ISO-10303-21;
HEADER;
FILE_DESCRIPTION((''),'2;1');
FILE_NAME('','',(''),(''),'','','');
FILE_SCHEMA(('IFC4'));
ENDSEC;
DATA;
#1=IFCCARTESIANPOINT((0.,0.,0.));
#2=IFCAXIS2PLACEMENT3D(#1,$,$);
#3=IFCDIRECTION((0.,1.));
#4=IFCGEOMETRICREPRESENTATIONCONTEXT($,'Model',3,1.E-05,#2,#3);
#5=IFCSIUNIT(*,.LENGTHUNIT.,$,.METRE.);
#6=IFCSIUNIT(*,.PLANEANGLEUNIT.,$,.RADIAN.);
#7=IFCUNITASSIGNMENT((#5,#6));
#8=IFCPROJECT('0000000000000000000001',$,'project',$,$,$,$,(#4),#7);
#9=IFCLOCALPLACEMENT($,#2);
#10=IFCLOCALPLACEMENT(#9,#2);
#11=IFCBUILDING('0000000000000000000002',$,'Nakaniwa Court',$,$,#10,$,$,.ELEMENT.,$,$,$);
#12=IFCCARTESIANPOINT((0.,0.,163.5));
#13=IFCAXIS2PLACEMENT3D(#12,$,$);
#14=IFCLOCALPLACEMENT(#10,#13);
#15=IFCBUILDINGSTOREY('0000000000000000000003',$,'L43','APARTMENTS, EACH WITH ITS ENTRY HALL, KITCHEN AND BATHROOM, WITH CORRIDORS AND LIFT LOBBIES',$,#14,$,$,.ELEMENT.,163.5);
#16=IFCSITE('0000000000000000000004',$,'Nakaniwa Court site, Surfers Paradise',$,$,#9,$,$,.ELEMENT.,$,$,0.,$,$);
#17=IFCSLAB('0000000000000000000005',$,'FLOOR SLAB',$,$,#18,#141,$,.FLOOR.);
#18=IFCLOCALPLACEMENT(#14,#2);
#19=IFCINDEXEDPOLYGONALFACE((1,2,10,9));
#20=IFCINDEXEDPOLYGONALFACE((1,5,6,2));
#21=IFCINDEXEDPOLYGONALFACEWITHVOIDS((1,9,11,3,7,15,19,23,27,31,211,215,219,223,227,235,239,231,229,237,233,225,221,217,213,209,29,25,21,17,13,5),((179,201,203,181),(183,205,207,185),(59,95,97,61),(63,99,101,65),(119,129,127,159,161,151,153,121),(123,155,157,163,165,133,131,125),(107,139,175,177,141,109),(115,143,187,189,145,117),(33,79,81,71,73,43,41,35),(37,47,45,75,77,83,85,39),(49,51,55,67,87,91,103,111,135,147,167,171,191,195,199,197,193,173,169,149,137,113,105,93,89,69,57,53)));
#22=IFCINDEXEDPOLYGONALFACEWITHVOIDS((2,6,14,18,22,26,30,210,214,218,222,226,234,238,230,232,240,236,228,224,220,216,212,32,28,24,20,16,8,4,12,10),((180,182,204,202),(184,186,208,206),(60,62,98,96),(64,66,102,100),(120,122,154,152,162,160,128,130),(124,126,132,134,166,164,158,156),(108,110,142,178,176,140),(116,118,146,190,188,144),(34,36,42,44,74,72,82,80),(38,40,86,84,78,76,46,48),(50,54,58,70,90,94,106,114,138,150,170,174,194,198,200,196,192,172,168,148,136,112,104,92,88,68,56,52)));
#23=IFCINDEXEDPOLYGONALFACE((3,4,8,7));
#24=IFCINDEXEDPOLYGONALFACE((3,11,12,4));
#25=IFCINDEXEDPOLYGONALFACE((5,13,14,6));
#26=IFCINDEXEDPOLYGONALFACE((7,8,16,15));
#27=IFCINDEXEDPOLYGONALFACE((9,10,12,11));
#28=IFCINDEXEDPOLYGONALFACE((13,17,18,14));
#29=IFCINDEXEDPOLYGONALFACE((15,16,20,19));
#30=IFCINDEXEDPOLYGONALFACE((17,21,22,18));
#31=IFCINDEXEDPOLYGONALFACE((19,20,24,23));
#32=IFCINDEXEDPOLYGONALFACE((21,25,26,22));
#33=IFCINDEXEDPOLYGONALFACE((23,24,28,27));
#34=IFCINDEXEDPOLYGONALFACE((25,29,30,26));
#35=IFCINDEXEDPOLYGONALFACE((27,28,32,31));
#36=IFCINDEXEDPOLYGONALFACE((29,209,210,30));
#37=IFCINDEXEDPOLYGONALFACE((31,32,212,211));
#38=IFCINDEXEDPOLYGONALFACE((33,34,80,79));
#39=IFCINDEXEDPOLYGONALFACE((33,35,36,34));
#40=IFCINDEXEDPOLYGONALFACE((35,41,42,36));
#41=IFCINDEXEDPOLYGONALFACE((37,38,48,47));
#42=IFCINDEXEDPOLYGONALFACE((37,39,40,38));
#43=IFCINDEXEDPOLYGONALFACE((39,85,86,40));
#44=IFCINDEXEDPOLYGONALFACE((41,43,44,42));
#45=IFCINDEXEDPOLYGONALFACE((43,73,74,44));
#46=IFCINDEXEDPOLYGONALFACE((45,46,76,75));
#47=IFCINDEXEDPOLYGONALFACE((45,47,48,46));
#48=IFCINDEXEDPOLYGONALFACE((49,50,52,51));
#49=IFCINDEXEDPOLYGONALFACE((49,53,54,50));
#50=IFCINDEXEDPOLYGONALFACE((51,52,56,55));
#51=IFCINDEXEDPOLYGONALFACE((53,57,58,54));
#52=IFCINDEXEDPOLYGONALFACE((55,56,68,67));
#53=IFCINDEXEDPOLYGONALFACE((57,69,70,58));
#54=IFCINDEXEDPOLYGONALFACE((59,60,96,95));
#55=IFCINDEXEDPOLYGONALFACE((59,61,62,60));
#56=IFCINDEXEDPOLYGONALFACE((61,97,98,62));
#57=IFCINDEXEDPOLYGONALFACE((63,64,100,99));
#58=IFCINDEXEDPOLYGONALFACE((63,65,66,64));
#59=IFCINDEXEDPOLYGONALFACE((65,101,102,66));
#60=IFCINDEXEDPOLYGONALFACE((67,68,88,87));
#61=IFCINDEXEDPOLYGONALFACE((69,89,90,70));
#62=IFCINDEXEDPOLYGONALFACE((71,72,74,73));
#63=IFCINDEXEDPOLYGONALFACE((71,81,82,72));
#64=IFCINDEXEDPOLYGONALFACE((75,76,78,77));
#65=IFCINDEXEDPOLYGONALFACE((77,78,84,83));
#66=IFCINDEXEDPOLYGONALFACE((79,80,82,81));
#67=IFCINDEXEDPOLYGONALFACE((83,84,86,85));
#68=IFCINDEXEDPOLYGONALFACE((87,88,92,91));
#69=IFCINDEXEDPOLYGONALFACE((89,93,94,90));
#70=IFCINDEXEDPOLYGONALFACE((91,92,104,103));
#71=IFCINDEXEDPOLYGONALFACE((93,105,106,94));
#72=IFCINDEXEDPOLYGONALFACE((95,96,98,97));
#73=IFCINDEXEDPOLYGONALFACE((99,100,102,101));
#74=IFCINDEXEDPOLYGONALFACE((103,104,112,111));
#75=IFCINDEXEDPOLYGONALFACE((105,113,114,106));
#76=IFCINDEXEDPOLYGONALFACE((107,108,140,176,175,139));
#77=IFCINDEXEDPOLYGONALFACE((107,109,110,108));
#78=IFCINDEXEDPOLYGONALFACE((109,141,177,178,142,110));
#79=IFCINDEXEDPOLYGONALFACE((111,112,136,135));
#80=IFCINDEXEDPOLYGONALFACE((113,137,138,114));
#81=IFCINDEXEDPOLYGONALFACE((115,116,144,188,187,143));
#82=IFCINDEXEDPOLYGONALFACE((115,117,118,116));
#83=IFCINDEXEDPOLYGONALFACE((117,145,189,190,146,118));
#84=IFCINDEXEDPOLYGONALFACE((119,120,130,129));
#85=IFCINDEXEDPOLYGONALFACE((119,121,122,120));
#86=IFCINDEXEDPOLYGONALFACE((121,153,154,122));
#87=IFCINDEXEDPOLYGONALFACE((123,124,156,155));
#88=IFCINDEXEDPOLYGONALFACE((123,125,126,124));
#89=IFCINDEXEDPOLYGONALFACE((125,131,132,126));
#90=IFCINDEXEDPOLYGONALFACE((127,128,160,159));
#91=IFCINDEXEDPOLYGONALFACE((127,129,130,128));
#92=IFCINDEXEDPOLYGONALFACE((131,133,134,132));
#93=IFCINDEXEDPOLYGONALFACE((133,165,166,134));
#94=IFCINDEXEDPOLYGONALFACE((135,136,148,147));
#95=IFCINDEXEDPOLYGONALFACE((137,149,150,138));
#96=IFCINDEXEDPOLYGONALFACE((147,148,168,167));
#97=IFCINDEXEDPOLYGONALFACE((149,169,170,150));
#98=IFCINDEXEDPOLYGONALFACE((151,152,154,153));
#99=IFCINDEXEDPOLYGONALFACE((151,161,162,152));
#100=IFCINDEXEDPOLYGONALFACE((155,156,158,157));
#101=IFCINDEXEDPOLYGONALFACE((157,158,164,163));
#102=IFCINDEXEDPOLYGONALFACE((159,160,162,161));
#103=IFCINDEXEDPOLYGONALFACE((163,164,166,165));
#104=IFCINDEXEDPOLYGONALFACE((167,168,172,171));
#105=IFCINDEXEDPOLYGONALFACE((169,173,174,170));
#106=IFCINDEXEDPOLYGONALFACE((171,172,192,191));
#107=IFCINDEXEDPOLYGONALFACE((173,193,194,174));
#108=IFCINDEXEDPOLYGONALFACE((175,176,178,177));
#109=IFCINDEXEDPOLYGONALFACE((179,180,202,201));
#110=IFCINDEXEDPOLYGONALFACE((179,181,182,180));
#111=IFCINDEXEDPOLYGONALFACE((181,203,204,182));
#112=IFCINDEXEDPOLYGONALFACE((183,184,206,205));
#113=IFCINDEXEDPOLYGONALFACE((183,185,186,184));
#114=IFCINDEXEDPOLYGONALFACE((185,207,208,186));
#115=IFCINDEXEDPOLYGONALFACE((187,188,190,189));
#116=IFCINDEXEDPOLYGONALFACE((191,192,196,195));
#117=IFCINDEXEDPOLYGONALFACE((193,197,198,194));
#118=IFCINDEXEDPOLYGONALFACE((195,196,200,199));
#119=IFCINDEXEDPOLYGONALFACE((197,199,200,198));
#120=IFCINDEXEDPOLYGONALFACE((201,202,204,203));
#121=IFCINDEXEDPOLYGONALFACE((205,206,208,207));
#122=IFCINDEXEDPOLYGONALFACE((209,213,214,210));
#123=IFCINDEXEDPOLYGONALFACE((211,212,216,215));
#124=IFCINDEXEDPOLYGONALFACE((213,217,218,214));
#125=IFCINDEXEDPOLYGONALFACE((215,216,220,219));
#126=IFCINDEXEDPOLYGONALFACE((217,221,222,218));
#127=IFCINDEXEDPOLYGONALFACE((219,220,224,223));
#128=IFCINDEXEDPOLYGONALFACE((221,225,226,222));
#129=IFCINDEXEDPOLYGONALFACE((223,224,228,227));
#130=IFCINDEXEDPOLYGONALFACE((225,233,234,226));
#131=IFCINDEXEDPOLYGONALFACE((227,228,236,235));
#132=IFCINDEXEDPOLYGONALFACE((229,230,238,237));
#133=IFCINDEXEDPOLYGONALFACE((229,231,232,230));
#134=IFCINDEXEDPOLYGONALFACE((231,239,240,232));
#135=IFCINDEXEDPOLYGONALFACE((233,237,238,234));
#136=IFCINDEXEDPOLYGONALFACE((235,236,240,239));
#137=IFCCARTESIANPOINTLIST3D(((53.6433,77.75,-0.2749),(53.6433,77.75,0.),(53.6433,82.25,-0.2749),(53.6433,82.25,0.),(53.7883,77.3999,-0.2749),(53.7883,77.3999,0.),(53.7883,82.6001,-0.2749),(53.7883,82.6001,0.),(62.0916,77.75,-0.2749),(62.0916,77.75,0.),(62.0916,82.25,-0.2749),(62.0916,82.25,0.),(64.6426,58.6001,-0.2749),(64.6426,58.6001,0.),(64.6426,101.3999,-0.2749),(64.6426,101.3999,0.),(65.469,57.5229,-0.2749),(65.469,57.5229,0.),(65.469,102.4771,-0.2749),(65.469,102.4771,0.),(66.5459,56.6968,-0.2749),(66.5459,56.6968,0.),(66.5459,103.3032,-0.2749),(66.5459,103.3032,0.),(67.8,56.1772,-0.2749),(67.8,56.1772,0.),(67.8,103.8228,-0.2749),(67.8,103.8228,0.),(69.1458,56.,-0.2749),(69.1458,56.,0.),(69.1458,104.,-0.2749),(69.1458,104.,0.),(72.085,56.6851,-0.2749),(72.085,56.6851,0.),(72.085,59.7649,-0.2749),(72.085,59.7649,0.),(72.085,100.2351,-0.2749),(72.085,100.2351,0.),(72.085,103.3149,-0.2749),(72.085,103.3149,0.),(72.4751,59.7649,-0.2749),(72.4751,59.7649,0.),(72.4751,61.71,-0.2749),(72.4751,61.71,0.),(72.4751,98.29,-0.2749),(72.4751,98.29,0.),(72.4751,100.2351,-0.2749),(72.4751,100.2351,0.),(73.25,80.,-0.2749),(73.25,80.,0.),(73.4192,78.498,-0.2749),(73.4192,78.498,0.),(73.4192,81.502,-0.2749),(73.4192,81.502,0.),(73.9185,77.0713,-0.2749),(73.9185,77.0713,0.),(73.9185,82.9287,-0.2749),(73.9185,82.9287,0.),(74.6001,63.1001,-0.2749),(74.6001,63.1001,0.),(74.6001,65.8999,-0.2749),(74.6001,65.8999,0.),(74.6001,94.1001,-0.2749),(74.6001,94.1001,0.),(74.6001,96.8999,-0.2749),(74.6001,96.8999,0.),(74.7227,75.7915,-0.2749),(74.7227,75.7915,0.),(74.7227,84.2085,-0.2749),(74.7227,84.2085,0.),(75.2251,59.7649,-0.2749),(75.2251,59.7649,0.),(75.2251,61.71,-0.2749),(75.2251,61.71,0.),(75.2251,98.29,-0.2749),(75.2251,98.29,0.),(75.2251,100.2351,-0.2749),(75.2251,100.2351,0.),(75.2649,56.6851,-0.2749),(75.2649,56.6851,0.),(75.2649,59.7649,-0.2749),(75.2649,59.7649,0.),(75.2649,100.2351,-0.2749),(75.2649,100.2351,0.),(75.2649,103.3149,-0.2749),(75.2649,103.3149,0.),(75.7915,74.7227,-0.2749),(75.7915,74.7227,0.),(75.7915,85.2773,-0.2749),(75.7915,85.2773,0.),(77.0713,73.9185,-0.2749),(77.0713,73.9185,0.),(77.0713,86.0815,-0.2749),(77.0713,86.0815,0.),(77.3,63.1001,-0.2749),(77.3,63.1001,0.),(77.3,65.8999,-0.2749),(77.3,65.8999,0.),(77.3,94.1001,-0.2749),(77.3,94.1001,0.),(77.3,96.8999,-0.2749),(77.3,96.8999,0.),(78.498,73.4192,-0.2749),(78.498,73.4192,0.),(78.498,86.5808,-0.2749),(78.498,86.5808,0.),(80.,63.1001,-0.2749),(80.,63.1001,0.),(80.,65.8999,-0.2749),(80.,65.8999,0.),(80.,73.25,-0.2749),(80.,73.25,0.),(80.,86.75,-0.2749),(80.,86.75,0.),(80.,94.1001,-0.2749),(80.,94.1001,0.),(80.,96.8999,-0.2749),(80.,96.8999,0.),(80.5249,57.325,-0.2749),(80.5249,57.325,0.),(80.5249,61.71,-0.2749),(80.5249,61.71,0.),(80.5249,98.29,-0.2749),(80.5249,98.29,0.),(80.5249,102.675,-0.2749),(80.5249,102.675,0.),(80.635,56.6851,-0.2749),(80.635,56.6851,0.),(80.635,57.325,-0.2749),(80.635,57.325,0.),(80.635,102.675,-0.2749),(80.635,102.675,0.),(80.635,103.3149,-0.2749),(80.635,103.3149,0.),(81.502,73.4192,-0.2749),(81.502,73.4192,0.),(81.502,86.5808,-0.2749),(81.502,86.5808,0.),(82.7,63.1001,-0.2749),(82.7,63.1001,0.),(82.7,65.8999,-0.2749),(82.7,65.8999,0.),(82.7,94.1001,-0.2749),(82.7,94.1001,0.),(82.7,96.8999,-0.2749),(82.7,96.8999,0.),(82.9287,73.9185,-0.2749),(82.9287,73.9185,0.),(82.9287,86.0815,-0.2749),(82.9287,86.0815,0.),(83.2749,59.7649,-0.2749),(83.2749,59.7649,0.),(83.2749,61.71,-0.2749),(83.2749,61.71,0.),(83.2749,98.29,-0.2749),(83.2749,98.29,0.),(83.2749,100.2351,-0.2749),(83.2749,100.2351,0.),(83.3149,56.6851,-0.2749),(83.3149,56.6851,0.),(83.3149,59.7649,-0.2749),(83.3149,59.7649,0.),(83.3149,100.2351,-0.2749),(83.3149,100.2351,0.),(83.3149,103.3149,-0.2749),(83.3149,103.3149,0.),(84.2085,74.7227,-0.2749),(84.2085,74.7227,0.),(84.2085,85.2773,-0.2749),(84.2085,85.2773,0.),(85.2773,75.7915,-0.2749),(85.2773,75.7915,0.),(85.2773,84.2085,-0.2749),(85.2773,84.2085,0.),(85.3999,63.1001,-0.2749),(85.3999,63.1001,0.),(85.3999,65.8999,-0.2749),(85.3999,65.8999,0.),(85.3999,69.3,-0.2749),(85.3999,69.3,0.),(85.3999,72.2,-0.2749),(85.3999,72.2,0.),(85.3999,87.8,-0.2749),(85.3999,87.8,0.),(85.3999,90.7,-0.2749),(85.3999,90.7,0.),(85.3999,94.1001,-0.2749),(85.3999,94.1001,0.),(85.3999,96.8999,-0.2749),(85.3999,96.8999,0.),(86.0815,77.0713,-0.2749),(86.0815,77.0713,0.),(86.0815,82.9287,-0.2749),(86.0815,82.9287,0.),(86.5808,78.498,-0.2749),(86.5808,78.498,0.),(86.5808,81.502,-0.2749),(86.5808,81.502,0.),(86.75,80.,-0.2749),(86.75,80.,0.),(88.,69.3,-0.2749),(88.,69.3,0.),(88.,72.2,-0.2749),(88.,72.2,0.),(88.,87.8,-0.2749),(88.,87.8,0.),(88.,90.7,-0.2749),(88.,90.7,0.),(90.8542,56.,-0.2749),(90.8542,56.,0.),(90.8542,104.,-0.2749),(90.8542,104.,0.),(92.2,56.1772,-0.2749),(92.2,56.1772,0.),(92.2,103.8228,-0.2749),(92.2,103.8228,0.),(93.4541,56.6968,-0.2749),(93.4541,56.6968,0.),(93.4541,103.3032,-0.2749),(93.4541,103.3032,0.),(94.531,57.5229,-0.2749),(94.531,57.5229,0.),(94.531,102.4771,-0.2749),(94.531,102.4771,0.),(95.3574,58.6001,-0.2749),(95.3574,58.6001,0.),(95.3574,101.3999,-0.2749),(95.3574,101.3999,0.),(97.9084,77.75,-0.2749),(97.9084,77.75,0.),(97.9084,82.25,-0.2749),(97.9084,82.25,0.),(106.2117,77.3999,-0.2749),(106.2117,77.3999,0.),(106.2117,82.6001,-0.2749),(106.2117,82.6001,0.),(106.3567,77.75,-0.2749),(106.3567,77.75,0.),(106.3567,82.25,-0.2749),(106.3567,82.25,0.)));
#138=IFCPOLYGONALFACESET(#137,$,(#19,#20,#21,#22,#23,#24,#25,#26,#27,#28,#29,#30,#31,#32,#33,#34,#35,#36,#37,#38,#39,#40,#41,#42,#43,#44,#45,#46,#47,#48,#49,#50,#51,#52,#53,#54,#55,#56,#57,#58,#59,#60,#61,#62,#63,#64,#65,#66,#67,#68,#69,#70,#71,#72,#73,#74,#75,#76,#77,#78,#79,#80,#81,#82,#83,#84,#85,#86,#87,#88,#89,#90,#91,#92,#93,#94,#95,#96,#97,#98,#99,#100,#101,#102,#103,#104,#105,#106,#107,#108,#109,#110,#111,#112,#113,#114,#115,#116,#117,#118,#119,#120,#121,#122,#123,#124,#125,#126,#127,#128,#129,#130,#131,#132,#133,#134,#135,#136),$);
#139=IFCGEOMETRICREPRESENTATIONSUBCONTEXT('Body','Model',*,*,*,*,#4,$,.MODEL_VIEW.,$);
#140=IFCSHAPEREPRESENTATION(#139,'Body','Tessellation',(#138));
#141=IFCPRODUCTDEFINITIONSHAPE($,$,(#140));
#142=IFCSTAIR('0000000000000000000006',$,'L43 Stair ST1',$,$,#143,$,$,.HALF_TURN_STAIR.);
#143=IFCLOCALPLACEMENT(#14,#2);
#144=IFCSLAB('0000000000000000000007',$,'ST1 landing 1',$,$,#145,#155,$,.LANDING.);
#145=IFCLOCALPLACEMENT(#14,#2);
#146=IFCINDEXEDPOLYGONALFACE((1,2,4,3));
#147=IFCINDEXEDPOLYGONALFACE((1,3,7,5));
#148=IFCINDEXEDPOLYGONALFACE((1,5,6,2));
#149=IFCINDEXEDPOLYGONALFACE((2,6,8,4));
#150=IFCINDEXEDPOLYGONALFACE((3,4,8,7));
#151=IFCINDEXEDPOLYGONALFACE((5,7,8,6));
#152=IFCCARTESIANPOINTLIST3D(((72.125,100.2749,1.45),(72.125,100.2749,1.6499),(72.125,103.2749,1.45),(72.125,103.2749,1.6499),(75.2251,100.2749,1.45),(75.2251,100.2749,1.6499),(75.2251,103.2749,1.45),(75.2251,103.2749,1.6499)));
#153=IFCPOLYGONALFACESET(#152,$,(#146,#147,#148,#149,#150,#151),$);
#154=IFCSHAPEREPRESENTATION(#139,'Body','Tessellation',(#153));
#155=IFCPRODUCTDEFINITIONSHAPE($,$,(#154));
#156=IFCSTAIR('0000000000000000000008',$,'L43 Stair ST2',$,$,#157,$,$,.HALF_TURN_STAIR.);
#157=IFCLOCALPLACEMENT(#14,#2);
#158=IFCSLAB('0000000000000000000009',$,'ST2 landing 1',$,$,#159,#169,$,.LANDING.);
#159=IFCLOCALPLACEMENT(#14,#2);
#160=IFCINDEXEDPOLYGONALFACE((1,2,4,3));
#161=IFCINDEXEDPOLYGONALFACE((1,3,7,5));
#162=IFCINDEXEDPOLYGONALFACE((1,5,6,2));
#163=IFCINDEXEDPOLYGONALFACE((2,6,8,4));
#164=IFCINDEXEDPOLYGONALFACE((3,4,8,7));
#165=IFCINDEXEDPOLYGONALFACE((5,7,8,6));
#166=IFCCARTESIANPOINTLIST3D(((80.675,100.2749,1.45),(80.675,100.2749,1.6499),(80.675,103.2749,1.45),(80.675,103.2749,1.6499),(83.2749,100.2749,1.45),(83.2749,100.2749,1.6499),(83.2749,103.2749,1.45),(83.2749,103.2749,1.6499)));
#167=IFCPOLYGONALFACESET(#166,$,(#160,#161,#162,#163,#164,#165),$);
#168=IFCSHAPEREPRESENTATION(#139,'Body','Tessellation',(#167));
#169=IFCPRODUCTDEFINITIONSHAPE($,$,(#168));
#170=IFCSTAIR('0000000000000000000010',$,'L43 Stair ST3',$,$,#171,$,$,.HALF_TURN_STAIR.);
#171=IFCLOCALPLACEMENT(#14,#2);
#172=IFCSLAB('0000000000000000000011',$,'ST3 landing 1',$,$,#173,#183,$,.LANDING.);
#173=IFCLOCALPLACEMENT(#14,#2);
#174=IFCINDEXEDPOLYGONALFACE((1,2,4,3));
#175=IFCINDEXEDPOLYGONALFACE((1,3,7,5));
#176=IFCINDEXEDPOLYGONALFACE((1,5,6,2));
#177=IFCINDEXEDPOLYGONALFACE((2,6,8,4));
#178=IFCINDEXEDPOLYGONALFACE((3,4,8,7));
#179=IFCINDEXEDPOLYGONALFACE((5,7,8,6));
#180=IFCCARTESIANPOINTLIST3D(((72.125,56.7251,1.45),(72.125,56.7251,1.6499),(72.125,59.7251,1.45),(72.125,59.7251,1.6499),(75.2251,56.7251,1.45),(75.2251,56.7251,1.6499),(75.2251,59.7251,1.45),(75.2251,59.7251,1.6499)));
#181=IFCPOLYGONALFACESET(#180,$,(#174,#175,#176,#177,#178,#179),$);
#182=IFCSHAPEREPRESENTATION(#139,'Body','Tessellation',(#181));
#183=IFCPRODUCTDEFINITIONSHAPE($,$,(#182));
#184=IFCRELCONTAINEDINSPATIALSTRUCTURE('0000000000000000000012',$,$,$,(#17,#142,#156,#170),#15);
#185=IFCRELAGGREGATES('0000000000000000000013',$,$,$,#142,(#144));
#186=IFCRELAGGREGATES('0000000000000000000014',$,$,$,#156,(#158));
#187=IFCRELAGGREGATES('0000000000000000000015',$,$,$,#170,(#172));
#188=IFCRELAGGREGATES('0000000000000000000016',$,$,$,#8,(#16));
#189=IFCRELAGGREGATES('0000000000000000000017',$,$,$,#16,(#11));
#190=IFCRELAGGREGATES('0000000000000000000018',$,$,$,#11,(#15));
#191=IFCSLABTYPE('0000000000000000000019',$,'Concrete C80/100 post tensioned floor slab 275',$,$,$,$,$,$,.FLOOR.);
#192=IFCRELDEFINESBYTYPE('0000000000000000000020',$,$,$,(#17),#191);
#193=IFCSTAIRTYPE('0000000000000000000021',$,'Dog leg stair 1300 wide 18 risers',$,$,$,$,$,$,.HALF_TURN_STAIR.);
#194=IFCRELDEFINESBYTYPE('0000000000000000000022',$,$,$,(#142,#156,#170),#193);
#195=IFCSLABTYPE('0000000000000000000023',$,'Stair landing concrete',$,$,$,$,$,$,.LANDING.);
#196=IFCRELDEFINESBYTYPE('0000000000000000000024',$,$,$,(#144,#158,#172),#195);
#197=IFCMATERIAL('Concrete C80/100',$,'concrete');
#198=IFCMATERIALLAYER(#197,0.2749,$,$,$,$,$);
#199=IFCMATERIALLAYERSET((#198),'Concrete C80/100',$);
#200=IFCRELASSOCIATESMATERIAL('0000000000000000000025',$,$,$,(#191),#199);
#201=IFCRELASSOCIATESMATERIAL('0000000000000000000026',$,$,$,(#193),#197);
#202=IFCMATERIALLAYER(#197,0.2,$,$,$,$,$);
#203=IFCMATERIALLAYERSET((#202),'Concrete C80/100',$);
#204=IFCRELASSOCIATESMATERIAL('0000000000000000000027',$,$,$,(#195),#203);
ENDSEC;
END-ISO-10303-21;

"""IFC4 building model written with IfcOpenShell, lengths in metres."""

from ifc_helpers import new_model, si_unit, direction, frame, origin, place, context, subcontext, project, spatial, polyline, outline, extrude, material, layer, layer_set, type_object, element, aggregate, save


model = new_model("IFC4")

# Units and contexts
model_context = context("Model", 3, precision=1e-05, world=origin(), true_north=direction((0.0, 1.0)))
body_context = subcontext(model_context, "Body", "Model", "MODEL_VIEW")
ifc_project = project(units=[si_unit("LENGTHUNIT", "METRE"), si_unit("PLANEANGLEUNIT", "RADIAN")], contexts=[model_context])

# Site, building, storey
site_placement = place(None, origin())
site = spatial("IfcSite", under=ifc_project, at=site_placement, Name="Nakaniwa Court site, Surfers Paradise", CompositionType="ELEMENT", RefElevation=0.0)
building_placement = place(site_placement, origin())
building = spatial("IfcBuilding", under=site, at=building_placement, Name="Nakaniwa Court", CompositionType="ELEMENT")
storey_placement = place(building_placement, frame((0.0, 0.0, 163.5)))
storey = spatial("IfcBuildingStorey", under=building, at=storey_placement, Name="L43", Description="APARTMENTS, EACH WITH ITS ENTRY HALL, KITCHEN AND BATHROOM, WITH CORRIDORS AND LIFT LOBBIES", CompositionType="ELEMENT", Elevation=163.5)

# Shared definitions
ifc_material_1 = material(Name="Concrete C80/100", Category="concrete")

# Slab
ifc_layer_1 = layer(ifc_material_1, 0.2749)
ifc_layer_set_1 = layer_set([ifc_layer_1], Name="Concrete C80/100")
slab_type_1 = type_object("IfcSlabType", Name="Concrete C80/100 post tensioned floor slab 275", PredefinedType="FLOOR", material=ifc_layer_set_1)
slab_1_placement = place(storey_placement, frame((0.0, 0.0, -0.2749)))
element("IfcSlab", 1, at=slab_1_placement, inside=storey, type_object=slab_type_1, Name="FLOOR SLAB", PredefinedType="FLOOR", context=body_context, shape_type="SweptSolid", body=[
    extrude(outline(polyline([(97.9084, 82.25), (106.3567, 82.25), (106.2117, 82.6001), (95.3574, 101.3999), (94.531, 102.4771), (93.4541, 103.3032), (92.2, 103.8228), (90.8542, 104.0), (69.1458, 104.0), (67.8, 103.8228), (66.5459, 103.3032), (65.469, 102.4771), (64.6426, 101.3999), (53.7883, 82.6001), (53.6433, 82.25), (62.0916, 82.25), (62.0916, 77.75), (53.6433, 77.75), (53.7883, 77.3999), (64.6426, 58.6001), (65.469, 57.5229), (66.5459, 56.6968), (67.8, 56.1772), (69.1458, 56.0), (90.8542, 56.0), (92.2, 56.1772), (93.4541, 56.6968), (94.531, 57.5229), (95.3574, 58.6001), (106.2117, 77.3999), (106.3567, 77.75), (97.9084, 77.75), (97.9084, 82.25)]), holes=[polyline([(81.502, 86.5808), (80.0, 86.75), (78.498, 86.5808), (77.0713, 86.0815), (75.7915, 85.2773), (74.7227, 84.2085), (73.9185, 82.9287), (73.4192, 81.502), (73.25, 80.0), (73.4192, 78.498), (73.9185, 77.0713), (74.7227, 75.7915), (75.7915, 74.7227), (77.0713, 73.9185), (78.498, 73.4192), (80.0, 73.25), (81.502, 73.4192), (82.9287, 73.9185), (84.2085, 74.7227), (85.2773, 75.7915), (86.0815, 77.0713), (86.5808, 78.498), (86.75, 80.0), (86.5808, 81.502), (86.0815, 82.9287), (85.2773, 84.2085), (84.2085, 85.2773), (82.9287, 86.0815), (81.502, 86.5808)]), polyline([(72.4751, 61.71), (72.4751, 59.7649), (72.085, 59.7649), (72.085, 56.6851), (75.2649, 56.6851), (75.2649, 59.7649), (75.2251, 59.7649), (75.2251, 61.71), (72.4751, 61.71)]), polyline([(77.3, 65.8999), (74.6001, 65.8999), (74.6001, 63.1001), (77.3, 63.1001), (77.3, 65.8999)]), polyline([(80.0, 65.8999), (80.0, 63.1001), (82.7, 63.1001), (85.3999, 63.1001), (85.3999, 65.8999), (82.7, 65.8999), (80.0, 65.8999)]), polyline([(77.3, 96.8999), (74.6001, 96.8999), (74.6001, 94.1001), (77.3, 94.1001), (77.3, 96.8999)]), polyline([(80.0, 96.8999), (80.0, 94.1001), (82.7, 94.1001), (85.3999, 94.1001), (85.3999, 96.8999), (82.7, 96.8999), (80.0, 96.8999)]), polyline([(75.2649, 100.2351), (75.2649, 103.3149), (72.085, 103.3149), (72.085, 100.2351), (72.4751, 100.2351), (72.4751, 98.29), (75.2251, 98.29), (75.2251, 100.2351), (75.2649, 100.2351)]), polyline([(83.2749, 61.71), (80.5249, 61.71), (80.5249, 57.325), (80.635, 57.325), (80.635, 56.6851), (83.3149, 56.6851), (83.3149, 59.7649), (83.2749, 59.7649), (83.2749, 61.71)]), polyline([(88.0, 72.2), (85.3999, 72.2), (85.3999, 69.3), (88.0, 69.3), (88.0, 72.2)]), polyline([(88.0, 90.7), (85.3999, 90.7), (85.3999, 87.8), (88.0, 87.8), (88.0, 90.7)]), polyline([(83.3149, 100.2351), (83.3149, 103.3149), (80.635, 103.3149), (80.635, 102.675), (80.5249, 102.675), (80.5249, 98.29), (83.2749, 98.29), (83.2749, 100.2351), (83.3149, 100.2351)])]), origin(), (0.0, 0.0, 1.0), 0.2749),
])

# Stairs, slabs
stair_type = type_object("IfcStairType", Name="Dog leg stair 1300 wide 18 risers", PredefinedType="HALF_TURN_STAIR", material=ifc_material_1)
stair_1_placement = place(storey_placement, origin())
stair_1 = element("IfcStair", 2, at=stair_1_placement, inside=storey, type_object=stair_type, Name="L43 Stair ST1", PredefinedType="HALF_TURN_STAIR")
ifc_layer_2 = layer(ifc_material_1, 0.2)
ifc_layer_set_2 = layer_set([ifc_layer_2], Name="Concrete C80/100")
slab_type_2 = type_object("IfcSlabType", Name="Stair landing concrete", PredefinedType="LANDING", material=ifc_layer_set_2)
slab_2_placement = place(storey_placement, frame((0.0, 0.0, 1.45)))
slab_2 = element("IfcSlab", 3, at=slab_2_placement, type_object=slab_type_2, Name="ST1 landing 1", PredefinedType="LANDING", context=body_context, shape_type="SweptSolid", body=[
    extrude(outline(polyline([(75.2251, 100.2749), (75.2251, 103.2749), (72.125, 103.2749), (72.125, 100.2749), (75.2251, 100.2749)])), origin(), (0.0, 0.0, 1.0), 0.2),
])
aggregate(stair_1, [slab_2])
stair_2_placement = place(storey_placement, origin())
stair_2 = element("IfcStair", 4, at=stair_2_placement, inside=storey, type_object=stair_type, Name="L43 Stair ST2", PredefinedType="HALF_TURN_STAIR")
slab_3_placement = place(storey_placement, frame((0.0, 0.0, 1.45)))
slab_3 = element("IfcSlab", 5, at=slab_3_placement, type_object=slab_type_2, Name="ST2 landing 1", PredefinedType="LANDING", context=body_context, shape_type="SweptSolid", body=[
    extrude(outline(polyline([(83.2749, 100.2749), (83.2749, 103.2749), (80.675, 103.2749), (80.675, 100.2749), (83.2749, 100.2749)])), origin(), (0.0, 0.0, 1.0), 0.2),
])
aggregate(stair_2, [slab_3])
stair_3_placement = place(storey_placement, origin())
stair_3 = element("IfcStair", 6, at=stair_3_placement, inside=storey, type_object=stair_type, Name="L43 Stair ST3", PredefinedType="HALF_TURN_STAIR")
slab_4_placement = place(storey_placement, frame((0.0, 0.0, 1.45)))
slab_4 = element("IfcSlab", 7, at=slab_4_placement, type_object=slab_type_2, Name="ST3 landing 1", PredefinedType="LANDING", context=body_context, shape_type="SweptSolid", body=[
    extrude(outline(polyline([(75.2251, 56.7251), (75.2251, 59.7251), (72.125, 59.7251), (72.125, 56.7251), (75.2251, 56.7251)])), origin(), (0.0, 0.0, 1.0), 0.2),
])
aggregate(stair_3, [slab_4])

save(model, "model.ifc")
